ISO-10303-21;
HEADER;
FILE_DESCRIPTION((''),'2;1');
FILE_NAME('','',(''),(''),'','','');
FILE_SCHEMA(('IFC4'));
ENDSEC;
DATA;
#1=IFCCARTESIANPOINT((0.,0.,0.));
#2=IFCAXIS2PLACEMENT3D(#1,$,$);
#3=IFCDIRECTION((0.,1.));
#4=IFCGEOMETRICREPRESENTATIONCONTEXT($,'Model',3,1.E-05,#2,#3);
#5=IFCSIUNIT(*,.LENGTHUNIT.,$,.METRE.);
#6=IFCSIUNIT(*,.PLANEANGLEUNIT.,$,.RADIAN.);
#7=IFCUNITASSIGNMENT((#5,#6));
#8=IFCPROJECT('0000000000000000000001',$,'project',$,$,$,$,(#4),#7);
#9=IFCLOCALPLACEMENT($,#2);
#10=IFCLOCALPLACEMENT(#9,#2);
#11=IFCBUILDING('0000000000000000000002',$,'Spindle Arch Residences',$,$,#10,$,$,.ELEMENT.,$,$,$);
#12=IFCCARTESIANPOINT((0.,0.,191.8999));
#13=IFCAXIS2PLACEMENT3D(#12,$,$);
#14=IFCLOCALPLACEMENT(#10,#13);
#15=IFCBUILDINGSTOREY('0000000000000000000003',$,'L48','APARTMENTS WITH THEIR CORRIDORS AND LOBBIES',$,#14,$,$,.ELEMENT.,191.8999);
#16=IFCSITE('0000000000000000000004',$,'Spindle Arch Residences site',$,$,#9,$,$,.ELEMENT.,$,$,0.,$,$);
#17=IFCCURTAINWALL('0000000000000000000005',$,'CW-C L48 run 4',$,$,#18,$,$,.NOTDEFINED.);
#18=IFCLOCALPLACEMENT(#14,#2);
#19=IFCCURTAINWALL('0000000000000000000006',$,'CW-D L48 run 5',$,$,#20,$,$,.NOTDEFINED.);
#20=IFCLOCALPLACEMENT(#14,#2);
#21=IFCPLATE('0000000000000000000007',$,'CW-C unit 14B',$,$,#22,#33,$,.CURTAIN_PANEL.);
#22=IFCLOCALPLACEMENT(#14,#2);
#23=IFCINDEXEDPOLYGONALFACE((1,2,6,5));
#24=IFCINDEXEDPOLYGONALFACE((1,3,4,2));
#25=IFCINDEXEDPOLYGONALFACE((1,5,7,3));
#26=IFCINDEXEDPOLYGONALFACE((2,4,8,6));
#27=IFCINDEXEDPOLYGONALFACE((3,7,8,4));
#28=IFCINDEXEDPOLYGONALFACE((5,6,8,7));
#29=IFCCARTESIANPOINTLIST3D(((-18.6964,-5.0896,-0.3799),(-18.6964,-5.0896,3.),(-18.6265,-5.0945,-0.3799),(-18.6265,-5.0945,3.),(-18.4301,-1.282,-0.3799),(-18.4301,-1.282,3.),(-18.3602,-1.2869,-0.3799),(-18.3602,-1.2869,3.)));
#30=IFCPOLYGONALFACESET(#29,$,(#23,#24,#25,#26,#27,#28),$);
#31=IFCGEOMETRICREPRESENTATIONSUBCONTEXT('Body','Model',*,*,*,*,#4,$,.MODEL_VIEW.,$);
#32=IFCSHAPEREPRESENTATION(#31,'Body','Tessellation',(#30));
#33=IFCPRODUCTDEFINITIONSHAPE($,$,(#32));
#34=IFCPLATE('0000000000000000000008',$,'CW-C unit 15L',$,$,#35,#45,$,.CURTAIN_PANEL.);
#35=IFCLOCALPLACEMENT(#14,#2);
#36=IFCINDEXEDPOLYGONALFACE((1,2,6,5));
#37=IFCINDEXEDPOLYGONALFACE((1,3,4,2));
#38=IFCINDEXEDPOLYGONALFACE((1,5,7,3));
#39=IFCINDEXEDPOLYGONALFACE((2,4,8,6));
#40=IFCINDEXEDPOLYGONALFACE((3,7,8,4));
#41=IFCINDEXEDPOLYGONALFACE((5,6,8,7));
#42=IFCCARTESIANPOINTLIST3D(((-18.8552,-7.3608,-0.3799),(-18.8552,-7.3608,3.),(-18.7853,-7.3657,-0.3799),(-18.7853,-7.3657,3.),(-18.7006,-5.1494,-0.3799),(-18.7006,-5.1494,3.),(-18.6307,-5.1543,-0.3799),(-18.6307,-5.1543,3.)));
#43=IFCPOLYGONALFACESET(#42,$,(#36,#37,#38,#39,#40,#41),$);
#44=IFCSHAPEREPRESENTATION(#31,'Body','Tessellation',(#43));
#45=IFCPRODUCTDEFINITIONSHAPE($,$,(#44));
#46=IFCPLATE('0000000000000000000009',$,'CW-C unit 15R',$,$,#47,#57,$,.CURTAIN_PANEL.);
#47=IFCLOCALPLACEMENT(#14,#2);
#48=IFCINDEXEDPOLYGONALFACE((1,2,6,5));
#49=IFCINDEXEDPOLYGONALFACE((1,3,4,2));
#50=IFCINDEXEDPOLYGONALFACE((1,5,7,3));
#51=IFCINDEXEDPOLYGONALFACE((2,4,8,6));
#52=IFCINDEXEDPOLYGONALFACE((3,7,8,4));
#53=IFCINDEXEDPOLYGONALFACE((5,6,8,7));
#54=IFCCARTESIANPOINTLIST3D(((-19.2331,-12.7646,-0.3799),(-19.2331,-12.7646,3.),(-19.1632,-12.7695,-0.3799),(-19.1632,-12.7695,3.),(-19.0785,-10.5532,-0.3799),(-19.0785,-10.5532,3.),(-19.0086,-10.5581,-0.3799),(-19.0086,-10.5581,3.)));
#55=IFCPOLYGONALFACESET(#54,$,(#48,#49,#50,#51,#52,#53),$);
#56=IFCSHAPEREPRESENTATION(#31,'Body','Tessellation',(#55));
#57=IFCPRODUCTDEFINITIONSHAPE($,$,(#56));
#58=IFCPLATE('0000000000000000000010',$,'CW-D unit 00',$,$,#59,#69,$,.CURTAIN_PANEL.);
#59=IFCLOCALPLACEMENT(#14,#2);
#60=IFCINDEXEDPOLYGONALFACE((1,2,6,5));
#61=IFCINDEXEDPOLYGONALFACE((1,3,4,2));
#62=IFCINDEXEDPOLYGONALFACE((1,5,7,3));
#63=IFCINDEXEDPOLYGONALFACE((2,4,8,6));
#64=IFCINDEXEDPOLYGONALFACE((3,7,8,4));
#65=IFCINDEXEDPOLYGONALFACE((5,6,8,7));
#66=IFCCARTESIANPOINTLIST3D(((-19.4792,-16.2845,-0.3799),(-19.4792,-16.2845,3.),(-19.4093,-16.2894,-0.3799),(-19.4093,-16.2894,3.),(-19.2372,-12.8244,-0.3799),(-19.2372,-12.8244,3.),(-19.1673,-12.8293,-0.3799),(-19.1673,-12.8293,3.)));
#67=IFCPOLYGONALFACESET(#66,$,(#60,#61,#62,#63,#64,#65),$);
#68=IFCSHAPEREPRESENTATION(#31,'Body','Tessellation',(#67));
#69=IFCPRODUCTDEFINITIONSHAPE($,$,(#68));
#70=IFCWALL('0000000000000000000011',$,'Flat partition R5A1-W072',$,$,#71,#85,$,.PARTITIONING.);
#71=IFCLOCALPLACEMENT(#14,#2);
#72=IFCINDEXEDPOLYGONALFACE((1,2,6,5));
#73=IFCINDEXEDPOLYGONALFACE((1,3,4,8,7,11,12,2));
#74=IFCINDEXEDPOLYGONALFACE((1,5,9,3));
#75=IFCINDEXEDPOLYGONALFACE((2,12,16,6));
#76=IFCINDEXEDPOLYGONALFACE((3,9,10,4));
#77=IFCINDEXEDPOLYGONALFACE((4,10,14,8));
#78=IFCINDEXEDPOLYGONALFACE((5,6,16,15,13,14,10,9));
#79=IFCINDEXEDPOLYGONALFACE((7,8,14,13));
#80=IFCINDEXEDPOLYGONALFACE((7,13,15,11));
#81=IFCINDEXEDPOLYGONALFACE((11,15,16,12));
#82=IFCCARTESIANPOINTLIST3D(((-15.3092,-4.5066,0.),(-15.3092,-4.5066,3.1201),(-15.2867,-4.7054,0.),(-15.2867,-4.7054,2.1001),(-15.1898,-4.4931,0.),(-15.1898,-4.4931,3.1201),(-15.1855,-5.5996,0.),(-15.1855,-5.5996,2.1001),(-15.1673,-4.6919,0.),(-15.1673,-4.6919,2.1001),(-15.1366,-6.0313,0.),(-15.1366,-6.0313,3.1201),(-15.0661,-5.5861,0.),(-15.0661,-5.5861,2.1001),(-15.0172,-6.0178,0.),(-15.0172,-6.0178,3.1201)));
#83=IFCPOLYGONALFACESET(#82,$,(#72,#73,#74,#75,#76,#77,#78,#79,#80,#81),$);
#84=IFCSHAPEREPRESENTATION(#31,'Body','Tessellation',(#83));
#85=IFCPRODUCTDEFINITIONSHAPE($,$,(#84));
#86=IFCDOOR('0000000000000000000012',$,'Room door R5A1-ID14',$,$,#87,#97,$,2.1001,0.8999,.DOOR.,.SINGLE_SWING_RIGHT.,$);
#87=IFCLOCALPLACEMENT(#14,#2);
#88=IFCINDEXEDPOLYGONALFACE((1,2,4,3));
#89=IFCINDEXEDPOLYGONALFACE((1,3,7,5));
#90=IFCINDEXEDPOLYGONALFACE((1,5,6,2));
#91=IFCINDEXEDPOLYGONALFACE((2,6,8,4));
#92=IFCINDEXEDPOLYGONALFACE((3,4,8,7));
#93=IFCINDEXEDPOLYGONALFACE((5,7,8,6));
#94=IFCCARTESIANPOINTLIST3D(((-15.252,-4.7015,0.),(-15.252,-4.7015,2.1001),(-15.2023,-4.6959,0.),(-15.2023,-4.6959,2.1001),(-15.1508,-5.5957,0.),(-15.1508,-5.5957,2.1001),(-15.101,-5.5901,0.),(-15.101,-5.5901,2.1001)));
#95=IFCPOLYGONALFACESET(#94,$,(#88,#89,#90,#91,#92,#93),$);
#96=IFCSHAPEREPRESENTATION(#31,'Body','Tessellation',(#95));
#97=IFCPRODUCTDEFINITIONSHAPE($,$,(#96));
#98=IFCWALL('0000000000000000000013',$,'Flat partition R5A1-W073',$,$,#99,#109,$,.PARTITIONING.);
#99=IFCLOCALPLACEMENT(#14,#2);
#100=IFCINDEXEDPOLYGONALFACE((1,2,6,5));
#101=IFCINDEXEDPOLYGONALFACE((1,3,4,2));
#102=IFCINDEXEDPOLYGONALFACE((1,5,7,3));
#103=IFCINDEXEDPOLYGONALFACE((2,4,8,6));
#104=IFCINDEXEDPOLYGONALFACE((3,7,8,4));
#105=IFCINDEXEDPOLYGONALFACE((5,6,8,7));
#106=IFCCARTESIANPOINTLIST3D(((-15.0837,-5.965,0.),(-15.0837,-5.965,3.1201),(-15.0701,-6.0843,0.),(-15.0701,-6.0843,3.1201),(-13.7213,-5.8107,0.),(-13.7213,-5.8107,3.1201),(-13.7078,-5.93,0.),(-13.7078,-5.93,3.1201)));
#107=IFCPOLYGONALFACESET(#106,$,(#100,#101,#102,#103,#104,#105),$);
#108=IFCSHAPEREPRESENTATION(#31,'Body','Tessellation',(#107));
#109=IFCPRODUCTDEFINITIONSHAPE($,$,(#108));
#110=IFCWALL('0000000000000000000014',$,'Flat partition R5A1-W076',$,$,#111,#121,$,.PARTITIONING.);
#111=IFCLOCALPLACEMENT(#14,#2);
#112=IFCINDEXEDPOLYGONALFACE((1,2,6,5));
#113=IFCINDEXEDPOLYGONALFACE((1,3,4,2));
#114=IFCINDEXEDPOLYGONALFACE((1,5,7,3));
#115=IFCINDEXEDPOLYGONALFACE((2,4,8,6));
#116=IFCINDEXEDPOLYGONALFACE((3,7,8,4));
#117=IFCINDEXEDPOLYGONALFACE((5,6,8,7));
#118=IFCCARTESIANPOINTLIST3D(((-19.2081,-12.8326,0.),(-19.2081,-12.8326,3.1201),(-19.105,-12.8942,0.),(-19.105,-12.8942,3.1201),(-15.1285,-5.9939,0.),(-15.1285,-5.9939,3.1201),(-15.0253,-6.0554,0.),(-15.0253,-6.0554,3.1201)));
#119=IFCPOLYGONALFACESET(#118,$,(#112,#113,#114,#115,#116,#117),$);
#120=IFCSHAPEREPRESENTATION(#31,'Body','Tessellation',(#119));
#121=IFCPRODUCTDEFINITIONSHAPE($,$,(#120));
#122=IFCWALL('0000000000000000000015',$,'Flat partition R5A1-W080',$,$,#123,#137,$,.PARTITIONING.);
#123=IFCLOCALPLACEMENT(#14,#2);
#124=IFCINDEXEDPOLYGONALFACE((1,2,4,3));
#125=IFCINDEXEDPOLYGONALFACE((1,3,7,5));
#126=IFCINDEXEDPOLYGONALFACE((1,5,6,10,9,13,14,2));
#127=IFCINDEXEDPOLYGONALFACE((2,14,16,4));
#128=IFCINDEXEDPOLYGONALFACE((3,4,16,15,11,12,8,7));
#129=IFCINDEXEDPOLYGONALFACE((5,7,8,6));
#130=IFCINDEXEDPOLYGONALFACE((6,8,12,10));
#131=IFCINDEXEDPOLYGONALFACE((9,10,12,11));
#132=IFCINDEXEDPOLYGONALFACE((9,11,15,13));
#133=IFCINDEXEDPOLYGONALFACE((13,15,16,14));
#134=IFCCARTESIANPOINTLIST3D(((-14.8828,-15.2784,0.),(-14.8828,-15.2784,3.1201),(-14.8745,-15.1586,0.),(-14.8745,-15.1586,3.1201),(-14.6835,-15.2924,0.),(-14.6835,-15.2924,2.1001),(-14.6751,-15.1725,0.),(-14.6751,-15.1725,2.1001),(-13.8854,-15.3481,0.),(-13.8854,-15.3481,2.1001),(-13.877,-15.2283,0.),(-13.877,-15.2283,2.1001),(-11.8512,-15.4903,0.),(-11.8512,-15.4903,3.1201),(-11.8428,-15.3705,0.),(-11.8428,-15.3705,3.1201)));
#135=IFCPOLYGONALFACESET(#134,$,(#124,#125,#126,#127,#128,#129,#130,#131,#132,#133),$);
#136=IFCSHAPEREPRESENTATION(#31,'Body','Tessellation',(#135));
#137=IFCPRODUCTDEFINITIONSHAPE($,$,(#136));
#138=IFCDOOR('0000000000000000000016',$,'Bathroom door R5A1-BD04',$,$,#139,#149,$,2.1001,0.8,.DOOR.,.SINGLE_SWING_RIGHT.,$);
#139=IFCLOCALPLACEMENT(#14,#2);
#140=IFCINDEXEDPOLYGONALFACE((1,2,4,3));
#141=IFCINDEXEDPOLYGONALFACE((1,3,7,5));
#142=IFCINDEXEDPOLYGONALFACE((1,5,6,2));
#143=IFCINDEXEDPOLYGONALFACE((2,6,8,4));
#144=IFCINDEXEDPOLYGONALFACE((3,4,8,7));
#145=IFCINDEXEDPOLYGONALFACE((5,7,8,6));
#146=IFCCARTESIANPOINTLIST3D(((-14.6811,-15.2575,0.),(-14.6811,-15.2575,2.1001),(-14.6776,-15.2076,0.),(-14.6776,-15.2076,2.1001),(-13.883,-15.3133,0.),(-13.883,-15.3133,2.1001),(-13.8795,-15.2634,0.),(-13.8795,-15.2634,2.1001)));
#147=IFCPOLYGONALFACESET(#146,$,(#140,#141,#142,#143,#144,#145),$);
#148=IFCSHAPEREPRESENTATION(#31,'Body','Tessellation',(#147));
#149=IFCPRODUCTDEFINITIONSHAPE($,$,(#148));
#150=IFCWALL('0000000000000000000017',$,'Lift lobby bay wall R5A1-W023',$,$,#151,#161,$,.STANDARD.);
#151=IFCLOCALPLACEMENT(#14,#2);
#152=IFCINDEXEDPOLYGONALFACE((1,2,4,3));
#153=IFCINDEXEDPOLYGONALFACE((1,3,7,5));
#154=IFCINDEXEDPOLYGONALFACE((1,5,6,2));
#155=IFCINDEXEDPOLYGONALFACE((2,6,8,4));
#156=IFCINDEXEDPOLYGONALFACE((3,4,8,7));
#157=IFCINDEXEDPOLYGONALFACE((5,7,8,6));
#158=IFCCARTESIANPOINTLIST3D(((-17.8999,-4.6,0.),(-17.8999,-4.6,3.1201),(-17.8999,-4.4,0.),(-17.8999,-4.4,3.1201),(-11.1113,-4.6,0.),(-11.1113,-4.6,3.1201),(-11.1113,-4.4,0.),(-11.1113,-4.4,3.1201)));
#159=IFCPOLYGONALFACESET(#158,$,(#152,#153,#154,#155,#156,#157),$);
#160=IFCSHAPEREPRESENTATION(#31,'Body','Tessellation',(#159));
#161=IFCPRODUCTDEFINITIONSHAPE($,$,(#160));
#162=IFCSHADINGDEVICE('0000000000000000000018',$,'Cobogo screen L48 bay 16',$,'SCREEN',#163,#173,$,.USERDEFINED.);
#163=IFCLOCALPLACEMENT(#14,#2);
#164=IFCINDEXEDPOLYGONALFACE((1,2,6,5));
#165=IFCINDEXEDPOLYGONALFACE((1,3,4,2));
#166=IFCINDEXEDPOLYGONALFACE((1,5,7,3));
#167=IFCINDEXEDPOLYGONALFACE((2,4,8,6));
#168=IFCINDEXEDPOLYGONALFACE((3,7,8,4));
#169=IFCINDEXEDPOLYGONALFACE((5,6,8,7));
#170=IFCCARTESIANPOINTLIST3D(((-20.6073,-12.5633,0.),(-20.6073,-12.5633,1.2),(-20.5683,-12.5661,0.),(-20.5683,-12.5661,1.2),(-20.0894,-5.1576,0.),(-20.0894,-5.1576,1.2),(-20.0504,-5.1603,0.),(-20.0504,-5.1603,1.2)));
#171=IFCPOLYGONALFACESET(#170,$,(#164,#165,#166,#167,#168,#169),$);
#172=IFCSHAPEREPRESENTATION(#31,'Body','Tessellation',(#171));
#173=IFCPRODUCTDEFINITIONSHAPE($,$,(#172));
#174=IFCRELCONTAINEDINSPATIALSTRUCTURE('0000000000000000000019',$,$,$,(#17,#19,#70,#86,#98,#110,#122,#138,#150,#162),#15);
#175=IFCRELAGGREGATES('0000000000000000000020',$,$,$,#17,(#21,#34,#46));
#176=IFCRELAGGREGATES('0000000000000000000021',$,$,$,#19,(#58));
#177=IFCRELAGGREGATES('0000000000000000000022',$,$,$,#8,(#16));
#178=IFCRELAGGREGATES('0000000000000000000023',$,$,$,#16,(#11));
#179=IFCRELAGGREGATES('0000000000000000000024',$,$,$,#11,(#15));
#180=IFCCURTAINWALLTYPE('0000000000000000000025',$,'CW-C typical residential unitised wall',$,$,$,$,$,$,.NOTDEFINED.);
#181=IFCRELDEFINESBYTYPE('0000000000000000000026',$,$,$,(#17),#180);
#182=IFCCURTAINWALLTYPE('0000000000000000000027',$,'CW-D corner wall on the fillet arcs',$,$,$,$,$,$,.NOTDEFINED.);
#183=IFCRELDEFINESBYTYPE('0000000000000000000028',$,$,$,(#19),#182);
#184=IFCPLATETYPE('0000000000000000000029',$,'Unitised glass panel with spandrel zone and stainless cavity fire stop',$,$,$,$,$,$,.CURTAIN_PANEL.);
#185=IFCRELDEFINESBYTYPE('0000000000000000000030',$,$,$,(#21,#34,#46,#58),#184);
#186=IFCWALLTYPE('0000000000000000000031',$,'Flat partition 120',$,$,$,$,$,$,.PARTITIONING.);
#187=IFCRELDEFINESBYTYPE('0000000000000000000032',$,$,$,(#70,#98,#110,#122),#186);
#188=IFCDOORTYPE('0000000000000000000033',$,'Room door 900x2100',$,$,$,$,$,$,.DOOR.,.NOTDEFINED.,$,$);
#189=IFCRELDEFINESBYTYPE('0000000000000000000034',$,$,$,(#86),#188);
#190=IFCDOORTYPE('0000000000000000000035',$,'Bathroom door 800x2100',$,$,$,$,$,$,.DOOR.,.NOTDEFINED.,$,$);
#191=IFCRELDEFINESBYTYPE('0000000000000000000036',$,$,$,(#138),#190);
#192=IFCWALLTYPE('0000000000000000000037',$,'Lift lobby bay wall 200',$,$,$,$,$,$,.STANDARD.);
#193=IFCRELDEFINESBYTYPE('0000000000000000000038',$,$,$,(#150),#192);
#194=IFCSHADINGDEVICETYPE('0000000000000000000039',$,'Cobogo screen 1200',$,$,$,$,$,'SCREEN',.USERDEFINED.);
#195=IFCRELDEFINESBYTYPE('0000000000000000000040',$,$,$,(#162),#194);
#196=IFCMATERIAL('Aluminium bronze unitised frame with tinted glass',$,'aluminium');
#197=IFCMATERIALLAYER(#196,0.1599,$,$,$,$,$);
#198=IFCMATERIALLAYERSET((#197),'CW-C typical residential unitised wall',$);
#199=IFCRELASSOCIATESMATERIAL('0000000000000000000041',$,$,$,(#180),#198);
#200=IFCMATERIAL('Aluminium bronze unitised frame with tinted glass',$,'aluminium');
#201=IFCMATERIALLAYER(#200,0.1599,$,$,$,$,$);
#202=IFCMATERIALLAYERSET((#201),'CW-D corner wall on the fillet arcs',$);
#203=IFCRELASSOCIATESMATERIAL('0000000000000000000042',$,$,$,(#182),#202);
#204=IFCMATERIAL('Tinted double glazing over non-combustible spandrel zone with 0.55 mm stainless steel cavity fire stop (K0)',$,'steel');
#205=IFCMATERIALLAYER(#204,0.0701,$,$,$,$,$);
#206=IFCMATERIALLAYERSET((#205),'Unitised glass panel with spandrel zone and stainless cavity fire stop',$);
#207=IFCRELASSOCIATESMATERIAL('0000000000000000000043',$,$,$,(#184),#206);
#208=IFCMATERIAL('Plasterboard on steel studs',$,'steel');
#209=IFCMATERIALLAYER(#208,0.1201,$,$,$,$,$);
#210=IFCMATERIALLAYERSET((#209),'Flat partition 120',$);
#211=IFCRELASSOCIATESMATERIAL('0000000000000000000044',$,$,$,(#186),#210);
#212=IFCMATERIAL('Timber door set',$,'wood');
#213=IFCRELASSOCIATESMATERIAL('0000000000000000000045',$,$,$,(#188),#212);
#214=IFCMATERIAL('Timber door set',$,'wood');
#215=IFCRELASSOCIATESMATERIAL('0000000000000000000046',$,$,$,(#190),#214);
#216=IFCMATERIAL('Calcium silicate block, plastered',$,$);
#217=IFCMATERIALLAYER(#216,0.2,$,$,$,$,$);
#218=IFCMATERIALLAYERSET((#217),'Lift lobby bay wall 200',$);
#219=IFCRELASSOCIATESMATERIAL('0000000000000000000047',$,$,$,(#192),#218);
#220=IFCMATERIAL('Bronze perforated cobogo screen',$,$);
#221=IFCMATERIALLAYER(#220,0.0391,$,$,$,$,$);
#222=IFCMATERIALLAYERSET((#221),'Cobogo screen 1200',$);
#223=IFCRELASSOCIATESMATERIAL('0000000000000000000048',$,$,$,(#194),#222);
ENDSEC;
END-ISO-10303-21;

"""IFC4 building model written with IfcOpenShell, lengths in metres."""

from ifc_helpers import new_model, si_unit, direction, frame, frame_2d, origin, origin_2d, place, context, subcontext, project, spatial, rectangle, extrude, material, layer, layer_set, type_object, element, fill, aggregate, save


model = new_model("IFC4")

# Units and contexts
model_context = context("Model", 3, precision=1e-05, world=origin(), true_north=direction((0.0, 1.0)))
body_context = subcontext(model_context, "Body", "Model", "MODEL_VIEW")
ifc_project = project(units=[si_unit("LENGTHUNIT", "METRE"), si_unit("PLANEANGLEUNIT", "RADIAN")], contexts=[model_context])

# Site, building, storey
site_placement = place(None, origin())
site = spatial("IfcSite", under=ifc_project, at=site_placement, Name="Spindle Arch Residences site", CompositionType="ELEMENT", RefElevation=0.0)
building_placement = place(site_placement, origin())
building = spatial("IfcBuilding", under=site, at=building_placement, Name="Spindle Arch Residences", CompositionType="ELEMENT")
storey_placement = place(building_placement, frame((0.0, 0.0, 191.8999)))
storey = spatial("IfcBuildingStorey", under=building, at=storey_placement, Name="L48", Description="APARTMENTS WITH THEIR CORRIDORS AND LOBBIES", CompositionType="ELEMENT", Elevation=191.8999)

# Curtain wall
ifc_material_1 = material(Name="Aluminium bronze unitised frame with tinted glass", Category="aluminium")
ifc_layer_1 = layer(ifc_material_1, 0.1599)
ifc_layer_set_1 = layer_set([ifc_layer_1], Name="CW-C typical residential unitised wall")
curtain_wall_type_1 = type_object("IfcCurtainWallType", Name="CW-C typical residential unitised wall", PredefinedType="NOTDEFINED", material=ifc_layer_set_1)
curtain_wall_1_placement = place(storey_placement, origin())
curtain_wall_1 = element("IfcCurtainWall", 1, at=curtain_wall_1_placement, inside=storey, type_object=curtain_wall_type_1, Name="CW-C L48 run 4", PredefinedType="NOTDEFINED")

# Curtain wall
ifc_material_2 = material(Name="Aluminium bronze unitised frame with tinted glass", Category="aluminium")
ifc_layer_2 = layer(ifc_material_2, 0.1599)
ifc_layer_set_2 = layer_set([ifc_layer_2], Name="CW-D corner wall on the fillet arcs")
curtain_wall_type_2 = type_object("IfcCurtainWallType", Name="CW-D corner wall on the fillet arcs", PredefinedType="NOTDEFINED", material=ifc_layer_set_2)
curtain_wall_2_placement = place(storey_placement, origin())
curtain_wall_2 = element("IfcCurtainWall", 2, at=curtain_wall_2_placement, inside=storey, type_object=curtain_wall_type_2, Name="CW-D L48 run 5", PredefinedType="NOTDEFINED")

# Plates
ifc_material_3 = material(Name="Tinted double glazing over non-combustible spandrel zone with 0.55 mm stainless steel cavity fire stop (K0)", Category="steel")
ifc_layer_3 = layer(ifc_material_3, 0.0701)
ifc_layer_set_3 = layer_set([ifc_layer_3], Name="Unitised glass panel with spandrel zone and stainless cavity fire stop")
plate_type = type_object("IfcPlateType", Name="Unitised glass panel with spandrel zone and stainless cavity fire stop", PredefinedType="CURTAIN_PANEL", material=ifc_layer_set_3)
plate_1_placement = place(storey_placement, frame((-18.5283, -3.1882, -0.3799), z_axis=(0.0, 0.0, 1.0), x_axis=(-0.069756, -0.997564, 0.0)))
plate_1 = element("IfcPlate", 3, at=plate_1_placement, type_object=plate_type, Name="CW-C unit 14B", PredefinedType="CURTAIN_PANEL", context=body_context, shape_type="SweptSolid", body=[
    extrude(rectangle(XDim=3.8169, YDim=0.0701, at=origin_2d()), origin(), (0.0, 0.0, 1.0), 3.3799),
])
plate_2_placement = place(storey_placement, frame((-18.7429, -6.2576, -0.3799), z_axis=(0.0, 0.0, 1.0), x_axis=(-0.069756, -0.997564, 0.0)))
plate_2 = element("IfcPlate", 4, at=plate_2_placement, type_object=plate_type, Name="CW-C unit 15L", PredefinedType="CURTAIN_PANEL", context=body_context, shape_type="SweptSolid", body=[
    extrude(rectangle(XDim=2.2168, YDim=0.0701, at=origin_2d()), origin(), (0.0, 0.0, 1.0), 3.3799),
])
plate_3_placement = place(storey_placement, frame((-19.1208, -11.6614, -0.3799), z_axis=(0.0, 0.0, 1.0), x_axis=(-0.069756, -0.997564, 0.0)))
plate_3 = element("IfcPlate", 5, at=plate_3_placement, type_object=plate_type, Name="CW-C unit 15R", PredefinedType="CURTAIN_PANEL", context=body_context, shape_type="SweptSolid", body=[
    extrude(rectangle(XDim=2.2168, YDim=0.0701, at=origin_2d()), origin(), (0.0, 0.0, 1.0), 3.3799),
])
aggregate(curtain_wall_1, [plate_1, plate_2, plate_3])
plate_4_placement = place(storey_placement, frame((-19.3232, -14.5569, -0.3799), z_axis=(0.0, 0.0, 1.0), x_axis=(-0.069756, -0.997564, 0.0)))
plate_4 = element("IfcPlate", 6, at=plate_4_placement, type_object=plate_type, Name="CW-D unit 00", PredefinedType="CURTAIN_PANEL", context=body_context, shape_type="SweptSolid", body=[
    extrude(rectangle(XDim=3.4685, YDim=0.0701, at=origin_2d()), origin(), (0.0, 0.0, 1.0), 3.3799),
])
aggregate(curtain_wall_2, [plate_4])

# Wall, opening, door
ifc_material_4 = material(Name="Plasterboard on steel studs", Category="steel")
ifc_layer_4 = layer(ifc_material_4, 0.1201)
ifc_layer_set_4 = layer_set([ifc_layer_4], Name="Flat partition 120")
wall_type_1 = type_object("IfcWallType", Name="Flat partition 120", PredefinedType="PARTITIONING", material=ifc_layer_set_4)
wall_1_placement = place(storey_placement, frame((-15.2495, -4.5, 0.0), z_axis=(0.0, 0.0, 1.0), x_axis=(0.112492, -0.993653, 0.0)))
wall_1 = element("IfcWall", 7, at=wall_1_placement, inside=storey, type_object=wall_type_1, Name="Flat partition R5A1-W072", PredefinedType="PARTITIONING", context=body_context, shape_type="SweptSolid", body=[
    extrude(rectangle(XDim=1.5344, YDim=0.1201, at=frame_2d((0.7671, 0.0))), origin(), (0.0, 0.0, 1.0), 3.1201),
])
opening_1_placement = place(wall_1_placement, frame((0.2, 0.0, 0.0)))
opening_1 = element("IfcOpeningElement", 8, at=opening_1_placement, cuts=wall_1, PredefinedType="OPENING", context=body_context, shape_type="SweptSolid", body=[
    extrude(rectangle(XDim=0.8999, YDim=2.1001, at=frame_2d((0.45, 1.05))), frame((0.0, 0.0701, 0.0), z_axis=(0.0, -1.0, 0.0), x_axis=(1.0, 0.0, 0.0)), (0.0, 0.0, 1.0), 0.1401),
])
ifc_material_5 = material(Name="Timber door set", Category="wood")
door_type_1 = type_object("IfcDoorType", Name="Room door 900x2100", OperationType="NOTDEFINED", PredefinedType="DOOR", material=ifc_material_5)
door_1_placement = place(opening_1_placement, origin())
door_1 = element("IfcDoor", 9, at=door_1_placement, inside=storey, type_object=door_type_1, Name="Room door R5A1-ID14", OperationType="SINGLE_SWING_RIGHT", OverallHeight=2.1001, OverallWidth=0.8999, PredefinedType="DOOR", context=body_context, shape_type="SweptSolid", body=[
    extrude(rectangle(XDim=0.8999, YDim=2.1001, at=frame_2d((0.45, 1.05))), frame((0.0, 0.0249, 0.0), z_axis=(0.0, -1.0, 0.0), x_axis=(1.0, 0.0, 0.0)), (0.0, 0.0, 1.0), 0.05),
])
fill(opening_1, door_1)

# Walls
wall_2_placement = place(storey_placement, frame((-15.0769, -6.0247, 0.0), z_axis=(0.0, 0.0, 1.0), x_axis=(0.993647, 0.112542, 0.0)))
element("IfcWall", 10, at=wall_2_placement, inside=storey, type_object=wall_type_1, Name="Flat partition R5A1-W073", PredefinedType="PARTITIONING", context=body_context, shape_type="SweptSolid", body=[
    extrude(rectangle(XDim=1.3711, YDim=0.1201, at=frame_2d((0.6855, 0.0))), origin(), (0.0, 0.0, 1.0), 3.1201),
])
wall_3_placement = place(storey_placement, frame((-19.1565, -12.8633, 0.0), z_axis=(0.0, 0.0, 1.0), x_axis=(0.512316, 0.858797, 0.0)))
element("IfcWall", 11, at=wall_3_placement, inside=storey, type_object=wall_type_1, Name="Flat partition R5A1-W076", PredefinedType="PARTITIONING", context=body_context, shape_type="SweptSolid", body=[
    extrude(rectangle(XDim=7.9631, YDim=0.1201, at=frame_2d((3.9814, 0.0))), origin(), (0.0, 0.0, 1.0), 3.1201),
])

# Wall, opening, door
wall_4_placement = place(storey_placement, frame((-14.8787, -15.2185, 0.0), z_axis=(0.0, 0.0, 1.0), x_axis=(0.997566, -0.069728, 0.0)))
wall_4 = element("IfcWall", 12, at=wall_4_placement, inside=storey, type_object=wall_type_1, Name="Flat partition R5A1-W080", PredefinedType="PARTITIONING", context=body_context, shape_type="SweptSolid", body=[
    extrude(rectangle(XDim=3.0391, YDim=0.1201, at=frame_2d((1.5195, 0.0))), origin(), (0.0, 0.0, 1.0), 3.1201),
])
opening_2_placement = place(wall_4_placement, frame((0.2, 0.0, 0.0)))
opening_2 = element("IfcOpeningElement", 13, at=opening_2_placement, cuts=wall_4, PredefinedType="OPENING", context=body_context, shape_type="SweptSolid", body=[
    extrude(rectangle(XDim=0.8, YDim=2.1001, at=frame_2d((0.3999, 1.05))), frame((0.0, 0.0701, 0.0), z_axis=(0.0, -1.0, 0.0), x_axis=(1.0, 0.0, 0.0)), (0.0, 0.0, 1.0), 0.1401),
])
ifc_material_6 = material(Name="Timber door set", Category="wood")
door_type_2 = type_object("IfcDoorType", Name="Bathroom door 800x2100", OperationType="NOTDEFINED", PredefinedType="DOOR", material=ifc_material_6)
door_2_placement = place(opening_2_placement, origin())
door_2 = element("IfcDoor", 14, at=door_2_placement, inside=storey, type_object=door_type_2, Name="Bathroom door R5A1-BD04", OperationType="SINGLE_SWING_RIGHT", OverallHeight=2.1001, OverallWidth=0.8, PredefinedType="DOOR", context=body_context, shape_type="SweptSolid", body=[
    extrude(rectangle(XDim=0.8, YDim=2.1001, at=frame_2d((0.3999, 1.05))), frame((0.0, 0.0249, 0.0), z_axis=(0.0, -1.0, 0.0), x_axis=(1.0, 0.0, 0.0)), (0.0, 0.0, 1.0), 0.05),
])
fill(opening_2, door_2)

# Wall
ifc_material_7 = material(Name="Calcium silicate block, plastered")
ifc_layer_5 = layer(ifc_material_7, 0.2)
ifc_layer_set_5 = layer_set([ifc_layer_5], Name="Lift lobby bay wall 200")
wall_type_2 = type_object("IfcWallType", Name="Lift lobby bay wall 200", PredefinedType="STANDARD", material=ifc_layer_set_5)
wall_5_placement = place(storey_placement, frame((-17.8999, -4.5, 0.0), z_axis=(0.0, 0.0, 1.0), x_axis=(1.0, 0.0, 0.0)))
element("IfcWall", 15, at=wall_5_placement, inside=storey, type_object=wall_type_2, Name="Lift lobby bay wall R5A1-W023", PredefinedType="STANDARD", context=body_context, shape_type="SweptSolid", body=[
    extrude(rectangle(XDim=6.7886, YDim=0.2, at=frame_2d((3.3943, 0.0))), origin(), (0.0, 0.0, 1.0), 3.1201),
])

# Shading device
ifc_material_8 = material(Name="Bronze perforated cobogo screen")
ifc_layer_6 = layer(ifc_material_8, 0.0391)
ifc_layer_set_6 = layer_set([ifc_layer_6], Name="Cobogo screen 1200")
shading_device_type = type_object("IfcShadingDeviceType", Name="Cobogo screen 1200", ElementType="SCREEN", PredefinedType="USERDEFINED", material=ifc_layer_set_6)
shading_device_placement = place(storey_placement, frame((-20.3289, -8.8618, 0.0), z_axis=(0.0, 0.0, 1.0), x_axis=(-0.069756, -0.997564, 0.0)))
element("IfcShadingDevice", 16, at=shading_device_placement, inside=storey, type_object=shading_device_type, Name="Cobogo screen L48 bay 16", ObjectType="SCREEN", PredefinedType="USERDEFINED", context=body_context, shape_type="SweptSolid", body=[
    extrude(rectangle(XDim=7.4238, YDim=0.0391, at=origin_2d()), origin(), (0.0, 0.0, 1.0), 1.2),
])

save(model, "model.ifc")
